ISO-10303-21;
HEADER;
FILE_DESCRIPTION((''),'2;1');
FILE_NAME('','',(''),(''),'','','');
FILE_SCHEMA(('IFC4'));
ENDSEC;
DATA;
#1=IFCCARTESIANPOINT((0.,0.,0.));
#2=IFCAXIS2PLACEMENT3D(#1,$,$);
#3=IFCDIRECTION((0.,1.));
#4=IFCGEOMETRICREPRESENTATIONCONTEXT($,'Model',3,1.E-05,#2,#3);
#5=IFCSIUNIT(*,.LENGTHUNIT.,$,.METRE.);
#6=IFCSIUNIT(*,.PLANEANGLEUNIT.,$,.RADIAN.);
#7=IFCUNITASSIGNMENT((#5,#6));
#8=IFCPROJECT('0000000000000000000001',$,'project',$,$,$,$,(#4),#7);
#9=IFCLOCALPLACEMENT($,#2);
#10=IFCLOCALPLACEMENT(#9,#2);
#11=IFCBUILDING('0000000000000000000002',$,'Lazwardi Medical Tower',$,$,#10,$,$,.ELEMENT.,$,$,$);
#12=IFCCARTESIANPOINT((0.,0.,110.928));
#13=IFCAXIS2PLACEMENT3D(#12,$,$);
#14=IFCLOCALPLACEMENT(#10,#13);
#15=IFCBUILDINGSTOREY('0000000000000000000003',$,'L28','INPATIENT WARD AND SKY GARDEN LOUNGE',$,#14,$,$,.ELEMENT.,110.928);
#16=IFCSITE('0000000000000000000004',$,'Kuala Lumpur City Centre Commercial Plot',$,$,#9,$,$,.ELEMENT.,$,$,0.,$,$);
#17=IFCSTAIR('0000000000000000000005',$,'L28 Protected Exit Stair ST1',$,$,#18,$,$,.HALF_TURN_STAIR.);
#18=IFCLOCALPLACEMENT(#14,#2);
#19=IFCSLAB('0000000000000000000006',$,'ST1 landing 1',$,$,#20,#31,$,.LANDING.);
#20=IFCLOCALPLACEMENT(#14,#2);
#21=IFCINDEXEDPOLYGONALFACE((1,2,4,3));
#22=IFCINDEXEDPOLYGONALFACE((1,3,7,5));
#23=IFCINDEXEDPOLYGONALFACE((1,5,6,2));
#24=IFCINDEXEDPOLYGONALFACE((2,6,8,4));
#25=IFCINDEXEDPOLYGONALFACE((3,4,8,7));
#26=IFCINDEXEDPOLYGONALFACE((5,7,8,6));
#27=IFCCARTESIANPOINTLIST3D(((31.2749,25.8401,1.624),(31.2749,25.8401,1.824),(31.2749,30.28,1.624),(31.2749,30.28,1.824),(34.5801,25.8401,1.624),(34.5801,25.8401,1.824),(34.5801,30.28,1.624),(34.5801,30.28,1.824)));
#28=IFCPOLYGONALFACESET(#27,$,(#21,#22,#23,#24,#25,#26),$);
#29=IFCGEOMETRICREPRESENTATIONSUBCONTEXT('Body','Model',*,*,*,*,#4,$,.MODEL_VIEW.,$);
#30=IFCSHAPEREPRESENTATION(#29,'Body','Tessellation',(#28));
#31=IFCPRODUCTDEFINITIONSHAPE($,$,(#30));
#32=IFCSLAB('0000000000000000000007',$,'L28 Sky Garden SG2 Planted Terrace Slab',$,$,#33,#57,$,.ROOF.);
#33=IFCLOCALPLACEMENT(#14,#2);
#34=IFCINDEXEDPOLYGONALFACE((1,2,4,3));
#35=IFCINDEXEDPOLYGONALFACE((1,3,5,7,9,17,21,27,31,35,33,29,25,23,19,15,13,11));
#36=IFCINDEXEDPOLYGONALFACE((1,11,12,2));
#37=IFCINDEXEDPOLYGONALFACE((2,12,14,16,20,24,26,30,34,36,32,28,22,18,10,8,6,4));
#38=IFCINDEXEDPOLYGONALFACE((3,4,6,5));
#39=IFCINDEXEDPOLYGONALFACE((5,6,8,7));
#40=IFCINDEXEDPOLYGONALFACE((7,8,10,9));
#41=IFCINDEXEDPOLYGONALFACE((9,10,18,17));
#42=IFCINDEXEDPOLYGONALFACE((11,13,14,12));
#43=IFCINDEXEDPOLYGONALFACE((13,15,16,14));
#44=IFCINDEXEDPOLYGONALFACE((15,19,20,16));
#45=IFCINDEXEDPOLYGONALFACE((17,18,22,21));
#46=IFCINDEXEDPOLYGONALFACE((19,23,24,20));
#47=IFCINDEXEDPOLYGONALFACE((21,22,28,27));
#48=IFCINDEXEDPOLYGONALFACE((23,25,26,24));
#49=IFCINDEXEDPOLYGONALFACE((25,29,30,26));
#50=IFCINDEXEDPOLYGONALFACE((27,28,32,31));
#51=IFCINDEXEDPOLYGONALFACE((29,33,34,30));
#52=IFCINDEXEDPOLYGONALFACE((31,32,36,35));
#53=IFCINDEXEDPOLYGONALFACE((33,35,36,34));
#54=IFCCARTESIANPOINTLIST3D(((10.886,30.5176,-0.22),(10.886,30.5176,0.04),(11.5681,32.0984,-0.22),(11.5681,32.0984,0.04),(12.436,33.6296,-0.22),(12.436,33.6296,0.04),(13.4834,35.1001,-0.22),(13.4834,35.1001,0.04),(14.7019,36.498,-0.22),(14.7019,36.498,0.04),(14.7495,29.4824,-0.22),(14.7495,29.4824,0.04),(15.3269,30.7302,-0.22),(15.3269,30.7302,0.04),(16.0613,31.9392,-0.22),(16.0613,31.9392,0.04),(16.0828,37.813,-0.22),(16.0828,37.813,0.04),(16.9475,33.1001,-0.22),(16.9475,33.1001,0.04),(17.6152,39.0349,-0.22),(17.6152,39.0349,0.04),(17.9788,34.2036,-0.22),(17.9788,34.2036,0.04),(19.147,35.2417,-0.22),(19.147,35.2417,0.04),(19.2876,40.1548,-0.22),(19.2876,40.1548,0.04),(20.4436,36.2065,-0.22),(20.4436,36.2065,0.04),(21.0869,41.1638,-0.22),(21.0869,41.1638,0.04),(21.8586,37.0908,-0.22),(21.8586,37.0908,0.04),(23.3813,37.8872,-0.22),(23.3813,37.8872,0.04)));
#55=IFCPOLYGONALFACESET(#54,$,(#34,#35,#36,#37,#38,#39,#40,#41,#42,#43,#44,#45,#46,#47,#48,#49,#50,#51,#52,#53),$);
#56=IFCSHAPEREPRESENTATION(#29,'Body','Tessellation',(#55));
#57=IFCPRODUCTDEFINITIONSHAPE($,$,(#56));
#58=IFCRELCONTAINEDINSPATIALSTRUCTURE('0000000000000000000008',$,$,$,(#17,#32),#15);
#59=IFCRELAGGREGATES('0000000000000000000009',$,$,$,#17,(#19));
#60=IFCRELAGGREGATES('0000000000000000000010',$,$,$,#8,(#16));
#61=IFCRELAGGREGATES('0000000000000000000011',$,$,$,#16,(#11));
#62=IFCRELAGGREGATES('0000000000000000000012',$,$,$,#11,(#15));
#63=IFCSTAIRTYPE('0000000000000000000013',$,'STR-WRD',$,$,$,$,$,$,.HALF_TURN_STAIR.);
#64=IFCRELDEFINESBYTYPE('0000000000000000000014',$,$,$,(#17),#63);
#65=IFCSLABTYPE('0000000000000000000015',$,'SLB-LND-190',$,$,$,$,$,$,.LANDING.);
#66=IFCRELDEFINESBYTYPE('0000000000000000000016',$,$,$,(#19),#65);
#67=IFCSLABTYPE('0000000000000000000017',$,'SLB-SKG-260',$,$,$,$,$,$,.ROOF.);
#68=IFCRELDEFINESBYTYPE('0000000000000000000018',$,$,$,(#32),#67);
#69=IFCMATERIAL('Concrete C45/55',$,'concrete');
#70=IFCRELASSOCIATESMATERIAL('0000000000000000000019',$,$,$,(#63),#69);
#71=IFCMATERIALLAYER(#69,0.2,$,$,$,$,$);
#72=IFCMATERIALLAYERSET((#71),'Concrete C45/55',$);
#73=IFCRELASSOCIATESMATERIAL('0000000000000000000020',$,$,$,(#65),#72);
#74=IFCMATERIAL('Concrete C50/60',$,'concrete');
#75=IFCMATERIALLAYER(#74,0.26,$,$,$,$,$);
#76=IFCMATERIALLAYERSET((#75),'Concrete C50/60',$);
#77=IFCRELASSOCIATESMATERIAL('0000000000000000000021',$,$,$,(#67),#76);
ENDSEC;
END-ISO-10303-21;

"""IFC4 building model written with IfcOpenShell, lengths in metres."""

from ifc_helpers import new_model, si_unit, direction, frame, origin, place, context, subcontext, project, spatial, polyline, outline, extrude, material, layer, layer_set, type_object, element, aggregate, save


model = new_model("IFC4")

# Units and contexts
model_context = context("Model", 3, precision=1e-05, world=origin(), true_north=direction((0.0, 1.0)))
body_context = subcontext(model_context, "Body", "Model", "MODEL_VIEW")
ifc_project = project(units=[si_unit("LENGTHUNIT", "METRE"), si_unit("PLANEANGLEUNIT", "RADIAN")], contexts=[model_context])

# Site, building, storey
site_placement = place(None, origin())
site = spatial("IfcSite", under=ifc_project, at=site_placement, Name="Kuala Lumpur City Centre Commercial Plot", CompositionType="ELEMENT", RefElevation=0.0)
building_placement = place(site_placement, origin())
building = spatial("IfcBuilding", under=site, at=building_placement, Name="Lazwardi Medical Tower", CompositionType="ELEMENT")
storey_placement = place(building_placement, frame((0.0, 0.0, 110.928)))
storey = spatial("IfcBuildingStorey", under=building, at=storey_placement, Name="L28", Description="INPATIENT WARD AND SKY GARDEN LOUNGE", CompositionType="ELEMENT", Elevation=110.928)

# Stair, slab
ifc_material_1 = material(Name="Concrete C45/55", Category="concrete")
stair_type = type_object("IfcStairType", Name="STR-WRD", PredefinedType="HALF_TURN_STAIR", material=ifc_material_1)
stair_placement = place(storey_placement, origin())
stair = element("IfcStair", 1, at=stair_placement, inside=storey, type_object=stair_type, Name="L28 Protected Exit Stair ST1", PredefinedType="HALF_TURN_STAIR")
ifc_layer_1 = layer(ifc_material_1, 0.2)
ifc_layer_set_1 = layer_set([ifc_layer_1], Name="Concrete C45/55")
slab_type_1 = type_object("IfcSlabType", Name="SLB-LND-190", PredefinedType="LANDING", material=ifc_layer_set_1)
slab_1_placement = place(storey_placement, frame((0.0, 0.0, 1.624)))
slab_1 = element("IfcSlab", 2, at=slab_1_placement, type_object=slab_type_1, Name="ST1 landing 1", PredefinedType="LANDING", context=body_context, shape_type="SweptSolid", body=[
    extrude(outline(polyline([(31.2749, 25.8401), (34.5801, 25.8401), (34.5801, 30.28), (31.2749, 30.28), (31.2749, 25.8401)])), origin(), (0.0, 0.0, 1.0), 0.2),
])
aggregate(stair, [slab_1])

# Slab
ifc_material_2 = material(Name="Concrete C50/60", Category="concrete")
ifc_layer_2 = layer(ifc_material_2, 0.26)
ifc_layer_set_2 = layer_set([ifc_layer_2], Name="Concrete C50/60")
slab_type_2 = type_object("IfcSlabType", Name="SLB-SKG-260", PredefinedType="ROOF", material=ifc_layer_set_2)
slab_2_placement = place(storey_placement, frame((0.0, 0.0, -0.22)))
element("IfcSlab", 3, at=slab_2_placement, inside=storey, type_object=slab_type_2, Name="L28 Sky Garden SG2 Planted Terrace Slab", PredefinedType="ROOF", context=body_context, shape_type="SweptSolid", body=[
    extrude(outline(polyline([(19.2876, 40.1548), (17.6152, 39.0349), (16.0828, 37.813), (14.7019, 36.498), (13.4834, 35.1001), (12.436, 33.6296), (11.5681, 32.0984), (10.886, 30.5176), (14.7495, 29.4824), (15.3269, 30.7302), (16.0613, 31.9392), (16.9475, 33.1001), (17.9788, 34.2036), (19.147, 35.2417), (20.4436, 36.2065), (21.8586, 37.0908), (23.3813, 37.8872), (21.0869, 41.1638), (19.2876, 40.1548)])), origin(), (0.0, 0.0, 1.0), 0.26),
])

save(model, "model.ifc")
